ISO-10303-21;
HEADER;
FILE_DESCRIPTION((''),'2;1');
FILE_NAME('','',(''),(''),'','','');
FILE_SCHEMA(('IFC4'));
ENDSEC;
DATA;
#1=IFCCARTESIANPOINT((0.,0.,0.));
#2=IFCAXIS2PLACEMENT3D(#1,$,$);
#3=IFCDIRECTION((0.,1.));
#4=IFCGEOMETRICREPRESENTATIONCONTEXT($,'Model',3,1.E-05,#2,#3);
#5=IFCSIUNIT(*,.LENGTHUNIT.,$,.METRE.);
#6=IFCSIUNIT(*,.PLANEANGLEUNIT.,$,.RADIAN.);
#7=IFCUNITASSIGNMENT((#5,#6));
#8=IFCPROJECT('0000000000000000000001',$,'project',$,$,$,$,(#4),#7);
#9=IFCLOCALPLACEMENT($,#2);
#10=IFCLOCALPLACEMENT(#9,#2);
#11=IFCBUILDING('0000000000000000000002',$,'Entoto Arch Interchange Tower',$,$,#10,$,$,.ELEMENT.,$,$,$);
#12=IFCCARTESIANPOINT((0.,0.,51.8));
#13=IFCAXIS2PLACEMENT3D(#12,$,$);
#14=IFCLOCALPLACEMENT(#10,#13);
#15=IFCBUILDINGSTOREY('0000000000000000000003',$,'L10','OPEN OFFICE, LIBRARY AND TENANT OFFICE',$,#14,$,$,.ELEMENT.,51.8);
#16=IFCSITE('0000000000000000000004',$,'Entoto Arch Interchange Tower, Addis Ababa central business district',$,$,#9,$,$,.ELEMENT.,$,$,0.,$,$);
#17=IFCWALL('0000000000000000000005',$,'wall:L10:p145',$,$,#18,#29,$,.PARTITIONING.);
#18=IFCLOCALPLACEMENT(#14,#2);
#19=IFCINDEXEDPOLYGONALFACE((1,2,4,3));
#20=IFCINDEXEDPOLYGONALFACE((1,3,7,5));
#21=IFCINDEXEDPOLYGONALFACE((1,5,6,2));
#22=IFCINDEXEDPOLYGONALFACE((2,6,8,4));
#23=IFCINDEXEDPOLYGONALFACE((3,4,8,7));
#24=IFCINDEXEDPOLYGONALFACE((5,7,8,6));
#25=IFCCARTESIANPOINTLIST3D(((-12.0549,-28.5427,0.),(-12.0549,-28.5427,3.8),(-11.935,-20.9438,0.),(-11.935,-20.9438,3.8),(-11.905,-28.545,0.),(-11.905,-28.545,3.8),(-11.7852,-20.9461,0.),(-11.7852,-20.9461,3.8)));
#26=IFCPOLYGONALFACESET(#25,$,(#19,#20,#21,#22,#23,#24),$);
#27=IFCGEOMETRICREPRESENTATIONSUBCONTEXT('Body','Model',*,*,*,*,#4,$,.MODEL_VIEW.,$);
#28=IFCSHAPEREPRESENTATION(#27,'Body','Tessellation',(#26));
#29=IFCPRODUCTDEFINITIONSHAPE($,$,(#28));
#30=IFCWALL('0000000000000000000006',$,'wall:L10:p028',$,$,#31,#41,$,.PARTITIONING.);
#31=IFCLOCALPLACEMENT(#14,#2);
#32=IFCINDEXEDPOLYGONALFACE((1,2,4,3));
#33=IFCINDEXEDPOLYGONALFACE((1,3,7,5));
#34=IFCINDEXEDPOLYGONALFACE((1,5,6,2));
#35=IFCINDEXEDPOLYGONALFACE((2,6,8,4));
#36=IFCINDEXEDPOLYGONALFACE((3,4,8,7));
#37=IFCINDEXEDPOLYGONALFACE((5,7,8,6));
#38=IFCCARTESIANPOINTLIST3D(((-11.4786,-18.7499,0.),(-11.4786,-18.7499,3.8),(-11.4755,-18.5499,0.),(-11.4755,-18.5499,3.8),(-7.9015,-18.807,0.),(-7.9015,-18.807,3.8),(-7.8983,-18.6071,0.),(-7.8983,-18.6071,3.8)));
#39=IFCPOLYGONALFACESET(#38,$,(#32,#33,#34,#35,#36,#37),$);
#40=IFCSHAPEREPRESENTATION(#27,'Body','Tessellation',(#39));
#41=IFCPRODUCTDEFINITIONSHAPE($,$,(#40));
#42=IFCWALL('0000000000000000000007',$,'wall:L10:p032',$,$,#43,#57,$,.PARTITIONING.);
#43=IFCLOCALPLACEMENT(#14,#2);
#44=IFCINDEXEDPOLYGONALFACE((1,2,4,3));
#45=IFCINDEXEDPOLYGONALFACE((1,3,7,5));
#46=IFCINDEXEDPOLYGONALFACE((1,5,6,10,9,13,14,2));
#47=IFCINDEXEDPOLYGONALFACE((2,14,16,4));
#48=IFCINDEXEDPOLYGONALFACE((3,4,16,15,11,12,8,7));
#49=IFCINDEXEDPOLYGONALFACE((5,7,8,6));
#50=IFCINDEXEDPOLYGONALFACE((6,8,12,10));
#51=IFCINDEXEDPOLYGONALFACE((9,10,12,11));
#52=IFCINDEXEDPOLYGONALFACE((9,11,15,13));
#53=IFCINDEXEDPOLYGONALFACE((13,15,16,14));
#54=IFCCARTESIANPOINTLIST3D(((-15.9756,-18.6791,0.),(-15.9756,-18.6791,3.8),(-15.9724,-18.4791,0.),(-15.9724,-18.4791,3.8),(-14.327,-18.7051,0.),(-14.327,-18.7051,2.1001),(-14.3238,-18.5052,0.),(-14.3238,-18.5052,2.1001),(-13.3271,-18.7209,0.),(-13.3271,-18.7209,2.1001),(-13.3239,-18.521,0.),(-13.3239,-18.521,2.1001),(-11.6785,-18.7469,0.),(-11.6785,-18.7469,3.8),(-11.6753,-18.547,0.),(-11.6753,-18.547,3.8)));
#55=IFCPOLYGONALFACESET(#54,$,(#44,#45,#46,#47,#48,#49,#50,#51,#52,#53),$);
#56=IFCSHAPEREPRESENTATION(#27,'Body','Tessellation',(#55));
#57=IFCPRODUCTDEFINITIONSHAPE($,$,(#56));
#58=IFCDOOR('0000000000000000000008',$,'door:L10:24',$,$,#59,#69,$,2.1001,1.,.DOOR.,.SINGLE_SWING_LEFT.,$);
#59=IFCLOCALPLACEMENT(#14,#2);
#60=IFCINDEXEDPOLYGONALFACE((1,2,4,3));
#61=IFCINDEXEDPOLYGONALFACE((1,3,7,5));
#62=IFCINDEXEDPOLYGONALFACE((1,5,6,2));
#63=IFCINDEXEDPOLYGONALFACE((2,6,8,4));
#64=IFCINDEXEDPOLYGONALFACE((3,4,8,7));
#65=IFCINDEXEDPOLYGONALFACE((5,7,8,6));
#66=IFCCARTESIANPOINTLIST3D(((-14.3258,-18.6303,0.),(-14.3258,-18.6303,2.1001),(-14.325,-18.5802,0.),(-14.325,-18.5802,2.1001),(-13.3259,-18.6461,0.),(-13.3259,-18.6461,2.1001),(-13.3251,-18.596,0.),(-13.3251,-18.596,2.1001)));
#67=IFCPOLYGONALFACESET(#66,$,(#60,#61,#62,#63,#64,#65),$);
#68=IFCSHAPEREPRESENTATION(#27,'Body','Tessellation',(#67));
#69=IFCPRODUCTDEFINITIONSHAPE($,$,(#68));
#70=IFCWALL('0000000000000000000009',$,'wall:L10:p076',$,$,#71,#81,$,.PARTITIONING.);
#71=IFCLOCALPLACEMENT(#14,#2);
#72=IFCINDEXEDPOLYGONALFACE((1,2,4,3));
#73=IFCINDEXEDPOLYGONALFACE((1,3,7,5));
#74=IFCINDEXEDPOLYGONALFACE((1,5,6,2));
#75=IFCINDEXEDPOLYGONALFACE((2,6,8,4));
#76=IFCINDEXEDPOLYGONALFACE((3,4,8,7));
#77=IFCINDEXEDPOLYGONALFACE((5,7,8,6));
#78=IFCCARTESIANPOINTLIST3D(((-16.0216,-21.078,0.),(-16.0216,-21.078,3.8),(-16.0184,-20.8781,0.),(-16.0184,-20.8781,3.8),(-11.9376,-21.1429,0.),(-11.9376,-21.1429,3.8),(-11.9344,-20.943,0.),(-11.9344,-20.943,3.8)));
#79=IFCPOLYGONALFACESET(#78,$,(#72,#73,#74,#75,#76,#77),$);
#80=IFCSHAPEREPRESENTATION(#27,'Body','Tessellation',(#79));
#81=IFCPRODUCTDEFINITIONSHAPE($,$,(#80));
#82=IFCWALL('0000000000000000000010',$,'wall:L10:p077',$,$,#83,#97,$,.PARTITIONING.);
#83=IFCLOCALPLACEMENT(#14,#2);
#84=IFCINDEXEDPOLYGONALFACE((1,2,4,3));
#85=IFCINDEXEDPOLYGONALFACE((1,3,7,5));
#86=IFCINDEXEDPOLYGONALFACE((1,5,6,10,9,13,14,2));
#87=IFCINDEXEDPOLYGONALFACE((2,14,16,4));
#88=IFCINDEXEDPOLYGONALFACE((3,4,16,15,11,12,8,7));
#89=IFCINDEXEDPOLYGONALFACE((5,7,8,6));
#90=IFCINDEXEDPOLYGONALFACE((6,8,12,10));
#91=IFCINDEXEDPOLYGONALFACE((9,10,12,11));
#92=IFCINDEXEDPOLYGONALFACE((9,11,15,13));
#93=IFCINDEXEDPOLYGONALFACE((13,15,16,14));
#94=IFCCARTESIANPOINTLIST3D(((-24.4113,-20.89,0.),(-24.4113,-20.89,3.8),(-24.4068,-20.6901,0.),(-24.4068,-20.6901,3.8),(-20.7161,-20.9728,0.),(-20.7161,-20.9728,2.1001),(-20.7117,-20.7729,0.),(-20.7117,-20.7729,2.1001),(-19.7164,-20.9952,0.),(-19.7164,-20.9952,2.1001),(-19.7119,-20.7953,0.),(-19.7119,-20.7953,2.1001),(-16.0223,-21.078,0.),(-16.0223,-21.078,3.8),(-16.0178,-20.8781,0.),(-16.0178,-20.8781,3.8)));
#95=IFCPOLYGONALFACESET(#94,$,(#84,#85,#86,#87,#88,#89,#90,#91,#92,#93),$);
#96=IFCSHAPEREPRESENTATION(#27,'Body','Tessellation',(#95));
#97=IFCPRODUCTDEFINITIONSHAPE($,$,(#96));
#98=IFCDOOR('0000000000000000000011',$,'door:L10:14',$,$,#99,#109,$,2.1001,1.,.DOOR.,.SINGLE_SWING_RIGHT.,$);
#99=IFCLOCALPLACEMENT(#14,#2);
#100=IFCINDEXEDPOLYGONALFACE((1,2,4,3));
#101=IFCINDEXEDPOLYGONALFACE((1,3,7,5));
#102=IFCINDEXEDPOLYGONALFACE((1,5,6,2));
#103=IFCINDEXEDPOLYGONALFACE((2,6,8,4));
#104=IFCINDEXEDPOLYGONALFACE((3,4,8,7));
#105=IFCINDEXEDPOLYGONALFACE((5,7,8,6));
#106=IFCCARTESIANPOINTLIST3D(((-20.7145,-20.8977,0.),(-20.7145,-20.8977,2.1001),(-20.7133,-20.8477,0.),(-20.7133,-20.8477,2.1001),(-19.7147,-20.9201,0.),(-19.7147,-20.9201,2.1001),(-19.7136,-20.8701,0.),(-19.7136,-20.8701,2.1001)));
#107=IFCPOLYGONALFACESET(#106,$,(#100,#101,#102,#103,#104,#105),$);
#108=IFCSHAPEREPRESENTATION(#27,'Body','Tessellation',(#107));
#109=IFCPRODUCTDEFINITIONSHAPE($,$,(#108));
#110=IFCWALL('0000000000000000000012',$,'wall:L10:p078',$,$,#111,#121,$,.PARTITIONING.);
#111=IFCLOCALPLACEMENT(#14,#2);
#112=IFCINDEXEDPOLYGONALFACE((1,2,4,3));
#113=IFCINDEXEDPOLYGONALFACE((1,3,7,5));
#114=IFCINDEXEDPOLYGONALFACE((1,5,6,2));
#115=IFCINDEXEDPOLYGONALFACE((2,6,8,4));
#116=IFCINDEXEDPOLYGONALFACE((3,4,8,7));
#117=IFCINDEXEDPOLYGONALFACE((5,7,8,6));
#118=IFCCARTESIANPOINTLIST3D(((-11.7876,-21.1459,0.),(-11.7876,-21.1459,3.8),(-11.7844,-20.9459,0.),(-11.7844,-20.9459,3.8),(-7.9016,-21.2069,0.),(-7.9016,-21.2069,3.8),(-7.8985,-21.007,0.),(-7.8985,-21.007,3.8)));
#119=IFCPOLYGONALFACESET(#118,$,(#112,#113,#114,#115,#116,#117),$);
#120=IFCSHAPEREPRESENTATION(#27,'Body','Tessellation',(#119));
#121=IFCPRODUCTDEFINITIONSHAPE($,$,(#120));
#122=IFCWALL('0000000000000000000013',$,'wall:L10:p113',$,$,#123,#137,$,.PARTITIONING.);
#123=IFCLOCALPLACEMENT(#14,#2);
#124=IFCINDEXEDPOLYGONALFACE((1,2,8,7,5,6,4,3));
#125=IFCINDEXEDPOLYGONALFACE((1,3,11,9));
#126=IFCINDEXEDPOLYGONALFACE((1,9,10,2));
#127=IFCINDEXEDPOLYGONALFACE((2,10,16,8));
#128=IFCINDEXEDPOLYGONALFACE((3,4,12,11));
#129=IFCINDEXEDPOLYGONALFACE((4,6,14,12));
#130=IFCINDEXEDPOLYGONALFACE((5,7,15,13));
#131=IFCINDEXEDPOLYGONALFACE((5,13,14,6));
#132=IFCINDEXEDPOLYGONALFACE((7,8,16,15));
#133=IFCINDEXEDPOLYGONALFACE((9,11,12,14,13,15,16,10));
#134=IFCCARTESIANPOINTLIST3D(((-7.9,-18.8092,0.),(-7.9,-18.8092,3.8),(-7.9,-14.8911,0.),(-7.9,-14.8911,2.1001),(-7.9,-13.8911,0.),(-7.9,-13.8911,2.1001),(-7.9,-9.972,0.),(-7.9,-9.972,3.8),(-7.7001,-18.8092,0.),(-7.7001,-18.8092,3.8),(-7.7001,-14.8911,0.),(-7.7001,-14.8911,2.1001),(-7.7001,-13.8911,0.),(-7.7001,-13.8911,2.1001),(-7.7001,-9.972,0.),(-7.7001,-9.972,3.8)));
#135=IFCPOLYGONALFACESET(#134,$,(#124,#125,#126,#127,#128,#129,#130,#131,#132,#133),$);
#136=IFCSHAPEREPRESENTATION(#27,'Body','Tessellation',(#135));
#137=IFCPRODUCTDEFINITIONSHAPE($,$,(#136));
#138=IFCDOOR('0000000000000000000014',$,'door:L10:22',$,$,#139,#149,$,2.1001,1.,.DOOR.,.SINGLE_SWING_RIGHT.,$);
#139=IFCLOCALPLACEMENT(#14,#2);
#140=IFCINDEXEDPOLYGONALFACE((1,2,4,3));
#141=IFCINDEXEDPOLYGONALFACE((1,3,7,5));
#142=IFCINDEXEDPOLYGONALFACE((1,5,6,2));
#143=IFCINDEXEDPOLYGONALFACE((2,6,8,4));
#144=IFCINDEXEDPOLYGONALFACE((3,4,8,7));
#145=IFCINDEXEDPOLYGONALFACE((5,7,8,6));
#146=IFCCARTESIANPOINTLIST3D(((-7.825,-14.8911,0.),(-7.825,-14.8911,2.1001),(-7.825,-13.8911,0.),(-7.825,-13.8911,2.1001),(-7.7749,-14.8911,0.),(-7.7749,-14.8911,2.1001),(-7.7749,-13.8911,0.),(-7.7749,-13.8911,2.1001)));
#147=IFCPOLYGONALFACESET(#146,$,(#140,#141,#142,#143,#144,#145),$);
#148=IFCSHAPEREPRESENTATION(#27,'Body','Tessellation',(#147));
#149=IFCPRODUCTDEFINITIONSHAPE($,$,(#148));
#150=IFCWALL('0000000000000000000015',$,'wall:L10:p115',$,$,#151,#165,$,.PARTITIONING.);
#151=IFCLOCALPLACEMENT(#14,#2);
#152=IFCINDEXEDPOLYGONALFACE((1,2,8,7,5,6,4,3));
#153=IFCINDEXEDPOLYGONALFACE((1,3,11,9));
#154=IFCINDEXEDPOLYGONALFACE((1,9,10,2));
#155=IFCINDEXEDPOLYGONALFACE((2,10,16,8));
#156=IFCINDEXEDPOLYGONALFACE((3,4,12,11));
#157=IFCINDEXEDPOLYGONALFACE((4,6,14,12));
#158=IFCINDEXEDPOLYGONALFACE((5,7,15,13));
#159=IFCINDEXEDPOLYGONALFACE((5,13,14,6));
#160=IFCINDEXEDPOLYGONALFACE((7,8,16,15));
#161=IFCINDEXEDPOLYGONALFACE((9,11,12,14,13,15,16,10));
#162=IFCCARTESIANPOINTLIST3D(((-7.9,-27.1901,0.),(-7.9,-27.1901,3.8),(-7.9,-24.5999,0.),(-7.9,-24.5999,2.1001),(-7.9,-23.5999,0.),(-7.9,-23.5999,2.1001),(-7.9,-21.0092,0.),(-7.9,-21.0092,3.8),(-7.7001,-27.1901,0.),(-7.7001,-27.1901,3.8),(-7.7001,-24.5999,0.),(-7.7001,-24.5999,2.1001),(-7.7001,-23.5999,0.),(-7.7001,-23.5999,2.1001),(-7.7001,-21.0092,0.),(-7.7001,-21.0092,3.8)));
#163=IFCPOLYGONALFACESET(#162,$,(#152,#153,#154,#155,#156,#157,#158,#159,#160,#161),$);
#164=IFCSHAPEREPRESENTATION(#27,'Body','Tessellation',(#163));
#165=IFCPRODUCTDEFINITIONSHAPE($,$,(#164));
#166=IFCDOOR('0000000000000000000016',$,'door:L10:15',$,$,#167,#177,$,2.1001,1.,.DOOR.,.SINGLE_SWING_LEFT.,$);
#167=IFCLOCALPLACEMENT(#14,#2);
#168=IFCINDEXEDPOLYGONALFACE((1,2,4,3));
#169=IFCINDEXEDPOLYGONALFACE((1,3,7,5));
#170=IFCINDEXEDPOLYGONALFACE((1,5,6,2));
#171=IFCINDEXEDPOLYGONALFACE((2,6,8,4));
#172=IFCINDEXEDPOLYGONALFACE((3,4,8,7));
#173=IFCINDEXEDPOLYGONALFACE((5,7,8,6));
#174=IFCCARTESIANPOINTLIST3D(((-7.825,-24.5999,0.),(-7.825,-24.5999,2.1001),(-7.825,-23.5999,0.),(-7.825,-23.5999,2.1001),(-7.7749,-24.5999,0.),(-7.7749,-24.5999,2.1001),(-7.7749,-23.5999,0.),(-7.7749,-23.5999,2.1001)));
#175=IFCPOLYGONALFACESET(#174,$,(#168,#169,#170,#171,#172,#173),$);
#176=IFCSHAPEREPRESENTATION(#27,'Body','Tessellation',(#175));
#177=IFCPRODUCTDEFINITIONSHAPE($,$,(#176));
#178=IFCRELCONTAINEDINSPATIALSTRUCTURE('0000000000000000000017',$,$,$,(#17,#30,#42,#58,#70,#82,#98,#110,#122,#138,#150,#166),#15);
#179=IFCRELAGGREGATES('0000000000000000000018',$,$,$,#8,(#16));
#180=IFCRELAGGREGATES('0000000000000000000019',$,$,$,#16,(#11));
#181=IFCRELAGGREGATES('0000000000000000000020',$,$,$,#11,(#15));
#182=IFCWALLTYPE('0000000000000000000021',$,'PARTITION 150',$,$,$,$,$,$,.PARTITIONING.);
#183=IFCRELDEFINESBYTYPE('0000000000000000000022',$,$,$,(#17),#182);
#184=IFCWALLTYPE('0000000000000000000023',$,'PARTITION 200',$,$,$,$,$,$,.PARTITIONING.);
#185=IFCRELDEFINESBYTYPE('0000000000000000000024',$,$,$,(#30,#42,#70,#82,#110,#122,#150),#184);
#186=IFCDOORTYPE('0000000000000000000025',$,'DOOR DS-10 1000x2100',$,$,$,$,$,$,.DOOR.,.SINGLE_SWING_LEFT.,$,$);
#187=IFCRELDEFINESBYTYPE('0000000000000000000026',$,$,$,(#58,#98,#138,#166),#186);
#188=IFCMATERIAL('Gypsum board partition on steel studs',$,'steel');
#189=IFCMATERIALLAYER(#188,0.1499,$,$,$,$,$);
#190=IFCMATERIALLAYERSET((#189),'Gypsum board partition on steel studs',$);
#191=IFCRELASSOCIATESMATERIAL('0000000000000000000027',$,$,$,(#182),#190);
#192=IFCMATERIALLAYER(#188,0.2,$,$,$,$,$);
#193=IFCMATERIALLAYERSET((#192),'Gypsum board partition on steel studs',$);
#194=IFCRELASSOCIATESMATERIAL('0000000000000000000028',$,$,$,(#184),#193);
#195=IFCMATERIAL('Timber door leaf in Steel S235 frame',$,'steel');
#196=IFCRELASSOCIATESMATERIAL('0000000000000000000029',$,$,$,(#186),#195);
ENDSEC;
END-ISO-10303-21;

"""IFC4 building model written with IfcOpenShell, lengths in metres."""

from ifc_helpers import new_model, si_unit, direction, frame, frame_2d, origin, place, context, subcontext, project, spatial, rectangle, extrude, material, layer, layer_set, type_object, element, fill, save


model = new_model("IFC4")

# Units and contexts
model_context = context("Model", 3, precision=1e-05, world=origin(), true_north=direction((0.0, 1.0)))
body_context = subcontext(model_context, "Body", "Model", "MODEL_VIEW")
ifc_project = project(units=[si_unit("LENGTHUNIT", "METRE"), si_unit("PLANEANGLEUNIT", "RADIAN")], contexts=[model_context])

# Site, building, storey
site_placement = place(None, origin())
site = spatial("IfcSite", under=ifc_project, at=site_placement, Name="Entoto Arch Interchange Tower, Addis Ababa central business district", CompositionType="ELEMENT", RefElevation=0.0)
building_placement = place(site_placement, origin())
building = spatial("IfcBuilding", under=site, at=building_placement, Name="Entoto Arch Interchange Tower", CompositionType="ELEMENT")
storey_placement = place(building_placement, frame((0.0, 0.0, 51.8)))
storey = spatial("IfcBuildingStorey", under=building, at=storey_placement, Name="L10", Description="OPEN OFFICE, LIBRARY AND TENANT OFFICE", CompositionType="ELEMENT", Elevation=51.8)

# Walls
ifc_material_1 = material(Name="Gypsum board partition on steel studs", Category="steel")
ifc_layer_1 = layer(ifc_material_1, 0.1499)
ifc_layer_set_1 = layer_set([ifc_layer_1], Name="Gypsum board partition on steel studs")
wall_type_1 = type_object("IfcWallType", Name="PARTITION 150", PredefinedType="PARTITIONING", material=ifc_layer_set_1)
wall_1_placement = place(storey_placement, frame((-11.8601, -20.9451, 0.0), z_axis=(0.0, 0.0, 1.0), x_axis=(-0.015773, -0.999876, 0.0)))
element("IfcWall", 1, at=wall_1_placement, inside=storey, type_object=wall_type_1, Name="wall:L10:p145", PredefinedType="PARTITIONING", context=body_context, shape_type="SweptSolid", body=[
    extrude(rectangle(XDim=7.5999, YDim=0.1499, at=frame_2d((3.7998, 0.0))), origin(), (0.0, 0.0, 1.0), 3.8),
])
ifc_layer_2 = layer(ifc_material_1, 0.2)
ifc_layer_set_2 = layer_set([ifc_layer_2], Name="Gypsum board partition on steel studs")
wall_type_2 = type_object("IfcWallType", Name="PARTITION 200", PredefinedType="PARTITIONING", material=ifc_layer_set_2)
wall_2_placement = place(storey_placement, frame((-11.4771, -18.6499, 0.0), z_axis=(0.0, 0.0, 1.0), x_axis=(0.999872, -0.015968, 0.0)))
element("IfcWall", 2, at=wall_2_placement, inside=storey, type_object=wall_type_2, Name="wall:L10:p028", PredefinedType="PARTITIONING", context=body_context, shape_type="SweptSolid", body=[
    extrude(rectangle(XDim=3.5776, YDim=0.2, at=frame_2d((1.7888, 0.0))), origin(), (0.0, 0.0, 1.0), 3.8),
])

# Wall, opening, door
wall_3_placement = place(storey_placement, frame((-15.9741, -18.5791, 0.0), z_axis=(0.0, 0.0, 1.0), x_axis=(0.999875, -0.015793, 0.0)))
wall_3 = element("IfcWall", 3, at=wall_3_placement, inside=storey, type_object=wall_type_2, Name="wall:L10:p032", PredefinedType="PARTITIONING", context=body_context, shape_type="SweptSolid", body=[
    extrude(rectangle(XDim=4.2976, YDim=0.2, at=frame_2d((2.1489, 0.0))), origin(), (0.0, 0.0, 1.0), 3.8),
])
opening_1_placement = place(wall_3_placement, frame((1.6489, 0.0, 0.0)))
opening_1 = element("IfcOpeningElement", 4, at=opening_1_placement, cuts=wall_3, PredefinedType="OPENING", context=body_context, shape_type="SweptSolid", body=[
    extrude(rectangle(XDim=1.0, YDim=2.1001, at=frame_2d((0.5, 1.05))), frame((0.0, 0.1099, 0.0), z_axis=(0.0, -1.0, 0.0), x_axis=(1.0, 0.0, 0.0)), (0.0, 0.0, 1.0), 0.22),
])
ifc_material_2 = material(Name="Timber door leaf in Steel S235 frame", Category="steel")
door_type = type_object("IfcDoorType", Name="DOOR DS-10 1000x2100", OperationType="SINGLE_SWING_LEFT", PredefinedType="DOOR", material=ifc_material_2)
door_1_placement = place(opening_1_placement, origin())
door_1 = element("IfcDoor", 5, at=door_1_placement, inside=storey, type_object=door_type, Name="door:L10:24", OperationType="SINGLE_SWING_LEFT", OverallHeight=2.1001, OverallWidth=1.0, PredefinedType="DOOR", context=body_context, shape_type="SweptSolid", body=[
    extrude(rectangle(XDim=1.0, YDim=2.1001, at=frame_2d((0.5, 1.05))), frame((0.0, 0.0249, 0.0), z_axis=(0.0, -1.0, 0.0), x_axis=(1.0, 0.0, 0.0)), (0.0, 0.0, 1.0), 0.05),
])
fill(opening_1, door_1)

# Wall
wall_4_placement = place(storey_placement, frame((-11.936, -21.043, 0.0), z_axis=(0.0, 0.0, 1.0), x_axis=(-0.999874, 0.015899, 0.0)))
element("IfcWall", 6, at=wall_4_placement, inside=storey, type_object=wall_type_2, Name="wall:L10:p076", PredefinedType="PARTITIONING", context=body_context, shape_type="SweptSolid", body=[
    extrude(rectangle(XDim=4.0845, YDim=0.2, at=frame_2d((2.0422, 0.0))), origin(), (0.0, 0.0, 1.0), 3.8),
])

# Wall, opening, door
wall_5_placement = place(storey_placement, frame((-16.02, -20.978, 0.0), z_axis=(0.0, 0.0, 1.0), x_axis=(-0.999749, 0.022404, 0.0)))
wall_5 = element("IfcWall", 7, at=wall_5_placement, inside=storey, type_object=wall_type_2, Name="wall:L10:p077", PredefinedType="PARTITIONING", context=body_context, shape_type="SweptSolid", body=[
    extrude(rectangle(XDim=8.3911, YDim=0.2, at=frame_2d((4.1956, 0.0))), origin(), (0.0, 0.0, 1.0), 3.8),
])
opening_2_placement = place(wall_5_placement, frame((3.6951, 0.0, 0.0)))
opening_2 = element("IfcOpeningElement", 8, at=opening_2_placement, cuts=wall_5, PredefinedType="OPENING", context=body_context, shape_type="SweptSolid", body=[
    extrude(rectangle(XDim=1.0, YDim=2.1001, at=frame_2d((0.5, 1.05))), frame((0.0, 0.1099, 0.0), z_axis=(0.0, -1.0, 0.0), x_axis=(1.0, 0.0, 0.0)), (0.0, 0.0, 1.0), 0.22),
])
door_2_placement = place(opening_2_placement, origin())
door_2 = element("IfcDoor", 9, at=door_2_placement, inside=storey, type_object=door_type, Name="door:L10:14", OperationType="SINGLE_SWING_RIGHT", OverallHeight=2.1001, OverallWidth=1.0, PredefinedType="DOOR", context=body_context, shape_type="SweptSolid", body=[
    extrude(rectangle(XDim=1.0, YDim=2.1001, at=frame_2d((0.5, 1.05))), frame((0.0, 0.0249, 0.0), z_axis=(0.0, -1.0, 0.0), x_axis=(1.0, 0.0, 0.0)), (0.0, 0.0, 1.0), 0.05),
])
fill(opening_2, door_2)

# Wall
wall_6_placement = place(storey_placement, frame((-7.8999, -21.1069, 0.0), z_axis=(0.0, 0.0, 1.0), x_axis=(-0.999877, 0.015705, 0.0)))
element("IfcWall", 10, at=wall_6_placement, inside=storey, type_object=wall_type_2, Name="wall:L10:p078", PredefinedType="PARTITIONING", context=body_context, shape_type="SweptSolid", body=[
    extrude(rectangle(XDim=3.8865, YDim=0.2, at=frame_2d((1.9434, 0.0))), origin(), (0.0, 0.0, 1.0), 3.8),
])

# Walls, openings, doors
wall_7_placement = place(storey_placement, frame((-7.8, -18.8091, 0.0), z_axis=(0.0, 0.0, 1.0), x_axis=(0.0, 1.0, 0.0)))
wall_7 = element("IfcWall", 11, at=wall_7_placement, inside=storey, type_object=wall_type_2, Name="wall:L10:p113", PredefinedType="PARTITIONING", context=body_context, shape_type="SweptSolid", body=[
    extrude(rectangle(XDim=8.8372, YDim=0.2, at=frame_2d((4.4185, 0.0))), origin(), (0.0, 0.0, 1.0), 3.8),
])
opening_3_placement = place(wall_7_placement, frame((3.918, 0.0, 0.0)))
opening_3 = element("IfcOpeningElement", 12, at=opening_3_placement, cuts=wall_7, PredefinedType="OPENING", context=body_context, shape_type="SweptSolid", body=[
    extrude(rectangle(XDim=1.0, YDim=2.1001, at=frame_2d((0.5, 1.05))), frame((0.0, 0.1099, 0.0), z_axis=(0.0, -1.0, 0.0), x_axis=(1.0, 0.0, 0.0)), (0.0, 0.0, 1.0), 0.22),
])
door_3_placement = place(opening_3_placement, origin())
door_3 = element("IfcDoor", 13, at=door_3_placement, inside=storey, type_object=door_type, Name="door:L10:22", OperationType="SINGLE_SWING_RIGHT", OverallHeight=2.1001, OverallWidth=1.0, PredefinedType="DOOR", context=body_context, shape_type="SweptSolid", body=[
    extrude(rectangle(XDim=1.0, YDim=2.1001, at=frame_2d((0.5, 1.05))), frame((0.0, 0.0249, 0.0), z_axis=(0.0, -1.0, 0.0), x_axis=(1.0, 0.0, 0.0)), (0.0, 0.0, 1.0), 0.05),
])
fill(opening_3, door_3)
wall_8_placement = place(storey_placement, frame((-7.8, -27.1899, 0.0), z_axis=(0.0, 0.0, 1.0), x_axis=(0.0, 1.0, 0.0)))
wall_8 = element("IfcWall", 14, at=wall_8_placement, inside=storey, type_object=wall_type_2, Name="wall:L10:p115", PredefinedType="PARTITIONING", context=body_context, shape_type="SweptSolid", body=[
    extrude(rectangle(XDim=6.1809, YDim=0.2, at=frame_2d((3.0903, 0.0))), origin(), (0.0, 0.0, 1.0), 3.8),
])
opening_4_placement = place(wall_8_placement, frame((2.5901, 0.0, 0.0)))
opening_4 = element("IfcOpeningElement", 15, at=opening_4_placement, cuts=wall_8, PredefinedType="OPENING", context=body_context, shape_type="SweptSolid", body=[
    extrude(rectangle(XDim=1.0, YDim=2.1001, at=frame_2d((0.5, 1.05))), frame((0.0, 0.1099, 0.0), z_axis=(0.0, -1.0, 0.0), x_axis=(1.0, 0.0, 0.0)), (0.0, 0.0, 1.0), 0.22),
])
door_4_placement = place(opening_4_placement, origin())
door_4 = element("IfcDoor", 16, at=door_4_placement, inside=storey, type_object=door_type, Name="door:L10:15", OperationType="SINGLE_SWING_LEFT", OverallHeight=2.1001, OverallWidth=1.0, PredefinedType="DOOR", context=body_context, shape_type="SweptSolid", body=[
    extrude(rectangle(XDim=1.0, YDim=2.1001, at=frame_2d((0.5, 1.05))), frame((0.0, 0.0249, 0.0), z_axis=(0.0, -1.0, 0.0), x_axis=(1.0, 0.0, 0.0)), (0.0, 0.0, 1.0), 0.05),
])
fill(opening_4, door_4)

save(model, "model.ifc")
